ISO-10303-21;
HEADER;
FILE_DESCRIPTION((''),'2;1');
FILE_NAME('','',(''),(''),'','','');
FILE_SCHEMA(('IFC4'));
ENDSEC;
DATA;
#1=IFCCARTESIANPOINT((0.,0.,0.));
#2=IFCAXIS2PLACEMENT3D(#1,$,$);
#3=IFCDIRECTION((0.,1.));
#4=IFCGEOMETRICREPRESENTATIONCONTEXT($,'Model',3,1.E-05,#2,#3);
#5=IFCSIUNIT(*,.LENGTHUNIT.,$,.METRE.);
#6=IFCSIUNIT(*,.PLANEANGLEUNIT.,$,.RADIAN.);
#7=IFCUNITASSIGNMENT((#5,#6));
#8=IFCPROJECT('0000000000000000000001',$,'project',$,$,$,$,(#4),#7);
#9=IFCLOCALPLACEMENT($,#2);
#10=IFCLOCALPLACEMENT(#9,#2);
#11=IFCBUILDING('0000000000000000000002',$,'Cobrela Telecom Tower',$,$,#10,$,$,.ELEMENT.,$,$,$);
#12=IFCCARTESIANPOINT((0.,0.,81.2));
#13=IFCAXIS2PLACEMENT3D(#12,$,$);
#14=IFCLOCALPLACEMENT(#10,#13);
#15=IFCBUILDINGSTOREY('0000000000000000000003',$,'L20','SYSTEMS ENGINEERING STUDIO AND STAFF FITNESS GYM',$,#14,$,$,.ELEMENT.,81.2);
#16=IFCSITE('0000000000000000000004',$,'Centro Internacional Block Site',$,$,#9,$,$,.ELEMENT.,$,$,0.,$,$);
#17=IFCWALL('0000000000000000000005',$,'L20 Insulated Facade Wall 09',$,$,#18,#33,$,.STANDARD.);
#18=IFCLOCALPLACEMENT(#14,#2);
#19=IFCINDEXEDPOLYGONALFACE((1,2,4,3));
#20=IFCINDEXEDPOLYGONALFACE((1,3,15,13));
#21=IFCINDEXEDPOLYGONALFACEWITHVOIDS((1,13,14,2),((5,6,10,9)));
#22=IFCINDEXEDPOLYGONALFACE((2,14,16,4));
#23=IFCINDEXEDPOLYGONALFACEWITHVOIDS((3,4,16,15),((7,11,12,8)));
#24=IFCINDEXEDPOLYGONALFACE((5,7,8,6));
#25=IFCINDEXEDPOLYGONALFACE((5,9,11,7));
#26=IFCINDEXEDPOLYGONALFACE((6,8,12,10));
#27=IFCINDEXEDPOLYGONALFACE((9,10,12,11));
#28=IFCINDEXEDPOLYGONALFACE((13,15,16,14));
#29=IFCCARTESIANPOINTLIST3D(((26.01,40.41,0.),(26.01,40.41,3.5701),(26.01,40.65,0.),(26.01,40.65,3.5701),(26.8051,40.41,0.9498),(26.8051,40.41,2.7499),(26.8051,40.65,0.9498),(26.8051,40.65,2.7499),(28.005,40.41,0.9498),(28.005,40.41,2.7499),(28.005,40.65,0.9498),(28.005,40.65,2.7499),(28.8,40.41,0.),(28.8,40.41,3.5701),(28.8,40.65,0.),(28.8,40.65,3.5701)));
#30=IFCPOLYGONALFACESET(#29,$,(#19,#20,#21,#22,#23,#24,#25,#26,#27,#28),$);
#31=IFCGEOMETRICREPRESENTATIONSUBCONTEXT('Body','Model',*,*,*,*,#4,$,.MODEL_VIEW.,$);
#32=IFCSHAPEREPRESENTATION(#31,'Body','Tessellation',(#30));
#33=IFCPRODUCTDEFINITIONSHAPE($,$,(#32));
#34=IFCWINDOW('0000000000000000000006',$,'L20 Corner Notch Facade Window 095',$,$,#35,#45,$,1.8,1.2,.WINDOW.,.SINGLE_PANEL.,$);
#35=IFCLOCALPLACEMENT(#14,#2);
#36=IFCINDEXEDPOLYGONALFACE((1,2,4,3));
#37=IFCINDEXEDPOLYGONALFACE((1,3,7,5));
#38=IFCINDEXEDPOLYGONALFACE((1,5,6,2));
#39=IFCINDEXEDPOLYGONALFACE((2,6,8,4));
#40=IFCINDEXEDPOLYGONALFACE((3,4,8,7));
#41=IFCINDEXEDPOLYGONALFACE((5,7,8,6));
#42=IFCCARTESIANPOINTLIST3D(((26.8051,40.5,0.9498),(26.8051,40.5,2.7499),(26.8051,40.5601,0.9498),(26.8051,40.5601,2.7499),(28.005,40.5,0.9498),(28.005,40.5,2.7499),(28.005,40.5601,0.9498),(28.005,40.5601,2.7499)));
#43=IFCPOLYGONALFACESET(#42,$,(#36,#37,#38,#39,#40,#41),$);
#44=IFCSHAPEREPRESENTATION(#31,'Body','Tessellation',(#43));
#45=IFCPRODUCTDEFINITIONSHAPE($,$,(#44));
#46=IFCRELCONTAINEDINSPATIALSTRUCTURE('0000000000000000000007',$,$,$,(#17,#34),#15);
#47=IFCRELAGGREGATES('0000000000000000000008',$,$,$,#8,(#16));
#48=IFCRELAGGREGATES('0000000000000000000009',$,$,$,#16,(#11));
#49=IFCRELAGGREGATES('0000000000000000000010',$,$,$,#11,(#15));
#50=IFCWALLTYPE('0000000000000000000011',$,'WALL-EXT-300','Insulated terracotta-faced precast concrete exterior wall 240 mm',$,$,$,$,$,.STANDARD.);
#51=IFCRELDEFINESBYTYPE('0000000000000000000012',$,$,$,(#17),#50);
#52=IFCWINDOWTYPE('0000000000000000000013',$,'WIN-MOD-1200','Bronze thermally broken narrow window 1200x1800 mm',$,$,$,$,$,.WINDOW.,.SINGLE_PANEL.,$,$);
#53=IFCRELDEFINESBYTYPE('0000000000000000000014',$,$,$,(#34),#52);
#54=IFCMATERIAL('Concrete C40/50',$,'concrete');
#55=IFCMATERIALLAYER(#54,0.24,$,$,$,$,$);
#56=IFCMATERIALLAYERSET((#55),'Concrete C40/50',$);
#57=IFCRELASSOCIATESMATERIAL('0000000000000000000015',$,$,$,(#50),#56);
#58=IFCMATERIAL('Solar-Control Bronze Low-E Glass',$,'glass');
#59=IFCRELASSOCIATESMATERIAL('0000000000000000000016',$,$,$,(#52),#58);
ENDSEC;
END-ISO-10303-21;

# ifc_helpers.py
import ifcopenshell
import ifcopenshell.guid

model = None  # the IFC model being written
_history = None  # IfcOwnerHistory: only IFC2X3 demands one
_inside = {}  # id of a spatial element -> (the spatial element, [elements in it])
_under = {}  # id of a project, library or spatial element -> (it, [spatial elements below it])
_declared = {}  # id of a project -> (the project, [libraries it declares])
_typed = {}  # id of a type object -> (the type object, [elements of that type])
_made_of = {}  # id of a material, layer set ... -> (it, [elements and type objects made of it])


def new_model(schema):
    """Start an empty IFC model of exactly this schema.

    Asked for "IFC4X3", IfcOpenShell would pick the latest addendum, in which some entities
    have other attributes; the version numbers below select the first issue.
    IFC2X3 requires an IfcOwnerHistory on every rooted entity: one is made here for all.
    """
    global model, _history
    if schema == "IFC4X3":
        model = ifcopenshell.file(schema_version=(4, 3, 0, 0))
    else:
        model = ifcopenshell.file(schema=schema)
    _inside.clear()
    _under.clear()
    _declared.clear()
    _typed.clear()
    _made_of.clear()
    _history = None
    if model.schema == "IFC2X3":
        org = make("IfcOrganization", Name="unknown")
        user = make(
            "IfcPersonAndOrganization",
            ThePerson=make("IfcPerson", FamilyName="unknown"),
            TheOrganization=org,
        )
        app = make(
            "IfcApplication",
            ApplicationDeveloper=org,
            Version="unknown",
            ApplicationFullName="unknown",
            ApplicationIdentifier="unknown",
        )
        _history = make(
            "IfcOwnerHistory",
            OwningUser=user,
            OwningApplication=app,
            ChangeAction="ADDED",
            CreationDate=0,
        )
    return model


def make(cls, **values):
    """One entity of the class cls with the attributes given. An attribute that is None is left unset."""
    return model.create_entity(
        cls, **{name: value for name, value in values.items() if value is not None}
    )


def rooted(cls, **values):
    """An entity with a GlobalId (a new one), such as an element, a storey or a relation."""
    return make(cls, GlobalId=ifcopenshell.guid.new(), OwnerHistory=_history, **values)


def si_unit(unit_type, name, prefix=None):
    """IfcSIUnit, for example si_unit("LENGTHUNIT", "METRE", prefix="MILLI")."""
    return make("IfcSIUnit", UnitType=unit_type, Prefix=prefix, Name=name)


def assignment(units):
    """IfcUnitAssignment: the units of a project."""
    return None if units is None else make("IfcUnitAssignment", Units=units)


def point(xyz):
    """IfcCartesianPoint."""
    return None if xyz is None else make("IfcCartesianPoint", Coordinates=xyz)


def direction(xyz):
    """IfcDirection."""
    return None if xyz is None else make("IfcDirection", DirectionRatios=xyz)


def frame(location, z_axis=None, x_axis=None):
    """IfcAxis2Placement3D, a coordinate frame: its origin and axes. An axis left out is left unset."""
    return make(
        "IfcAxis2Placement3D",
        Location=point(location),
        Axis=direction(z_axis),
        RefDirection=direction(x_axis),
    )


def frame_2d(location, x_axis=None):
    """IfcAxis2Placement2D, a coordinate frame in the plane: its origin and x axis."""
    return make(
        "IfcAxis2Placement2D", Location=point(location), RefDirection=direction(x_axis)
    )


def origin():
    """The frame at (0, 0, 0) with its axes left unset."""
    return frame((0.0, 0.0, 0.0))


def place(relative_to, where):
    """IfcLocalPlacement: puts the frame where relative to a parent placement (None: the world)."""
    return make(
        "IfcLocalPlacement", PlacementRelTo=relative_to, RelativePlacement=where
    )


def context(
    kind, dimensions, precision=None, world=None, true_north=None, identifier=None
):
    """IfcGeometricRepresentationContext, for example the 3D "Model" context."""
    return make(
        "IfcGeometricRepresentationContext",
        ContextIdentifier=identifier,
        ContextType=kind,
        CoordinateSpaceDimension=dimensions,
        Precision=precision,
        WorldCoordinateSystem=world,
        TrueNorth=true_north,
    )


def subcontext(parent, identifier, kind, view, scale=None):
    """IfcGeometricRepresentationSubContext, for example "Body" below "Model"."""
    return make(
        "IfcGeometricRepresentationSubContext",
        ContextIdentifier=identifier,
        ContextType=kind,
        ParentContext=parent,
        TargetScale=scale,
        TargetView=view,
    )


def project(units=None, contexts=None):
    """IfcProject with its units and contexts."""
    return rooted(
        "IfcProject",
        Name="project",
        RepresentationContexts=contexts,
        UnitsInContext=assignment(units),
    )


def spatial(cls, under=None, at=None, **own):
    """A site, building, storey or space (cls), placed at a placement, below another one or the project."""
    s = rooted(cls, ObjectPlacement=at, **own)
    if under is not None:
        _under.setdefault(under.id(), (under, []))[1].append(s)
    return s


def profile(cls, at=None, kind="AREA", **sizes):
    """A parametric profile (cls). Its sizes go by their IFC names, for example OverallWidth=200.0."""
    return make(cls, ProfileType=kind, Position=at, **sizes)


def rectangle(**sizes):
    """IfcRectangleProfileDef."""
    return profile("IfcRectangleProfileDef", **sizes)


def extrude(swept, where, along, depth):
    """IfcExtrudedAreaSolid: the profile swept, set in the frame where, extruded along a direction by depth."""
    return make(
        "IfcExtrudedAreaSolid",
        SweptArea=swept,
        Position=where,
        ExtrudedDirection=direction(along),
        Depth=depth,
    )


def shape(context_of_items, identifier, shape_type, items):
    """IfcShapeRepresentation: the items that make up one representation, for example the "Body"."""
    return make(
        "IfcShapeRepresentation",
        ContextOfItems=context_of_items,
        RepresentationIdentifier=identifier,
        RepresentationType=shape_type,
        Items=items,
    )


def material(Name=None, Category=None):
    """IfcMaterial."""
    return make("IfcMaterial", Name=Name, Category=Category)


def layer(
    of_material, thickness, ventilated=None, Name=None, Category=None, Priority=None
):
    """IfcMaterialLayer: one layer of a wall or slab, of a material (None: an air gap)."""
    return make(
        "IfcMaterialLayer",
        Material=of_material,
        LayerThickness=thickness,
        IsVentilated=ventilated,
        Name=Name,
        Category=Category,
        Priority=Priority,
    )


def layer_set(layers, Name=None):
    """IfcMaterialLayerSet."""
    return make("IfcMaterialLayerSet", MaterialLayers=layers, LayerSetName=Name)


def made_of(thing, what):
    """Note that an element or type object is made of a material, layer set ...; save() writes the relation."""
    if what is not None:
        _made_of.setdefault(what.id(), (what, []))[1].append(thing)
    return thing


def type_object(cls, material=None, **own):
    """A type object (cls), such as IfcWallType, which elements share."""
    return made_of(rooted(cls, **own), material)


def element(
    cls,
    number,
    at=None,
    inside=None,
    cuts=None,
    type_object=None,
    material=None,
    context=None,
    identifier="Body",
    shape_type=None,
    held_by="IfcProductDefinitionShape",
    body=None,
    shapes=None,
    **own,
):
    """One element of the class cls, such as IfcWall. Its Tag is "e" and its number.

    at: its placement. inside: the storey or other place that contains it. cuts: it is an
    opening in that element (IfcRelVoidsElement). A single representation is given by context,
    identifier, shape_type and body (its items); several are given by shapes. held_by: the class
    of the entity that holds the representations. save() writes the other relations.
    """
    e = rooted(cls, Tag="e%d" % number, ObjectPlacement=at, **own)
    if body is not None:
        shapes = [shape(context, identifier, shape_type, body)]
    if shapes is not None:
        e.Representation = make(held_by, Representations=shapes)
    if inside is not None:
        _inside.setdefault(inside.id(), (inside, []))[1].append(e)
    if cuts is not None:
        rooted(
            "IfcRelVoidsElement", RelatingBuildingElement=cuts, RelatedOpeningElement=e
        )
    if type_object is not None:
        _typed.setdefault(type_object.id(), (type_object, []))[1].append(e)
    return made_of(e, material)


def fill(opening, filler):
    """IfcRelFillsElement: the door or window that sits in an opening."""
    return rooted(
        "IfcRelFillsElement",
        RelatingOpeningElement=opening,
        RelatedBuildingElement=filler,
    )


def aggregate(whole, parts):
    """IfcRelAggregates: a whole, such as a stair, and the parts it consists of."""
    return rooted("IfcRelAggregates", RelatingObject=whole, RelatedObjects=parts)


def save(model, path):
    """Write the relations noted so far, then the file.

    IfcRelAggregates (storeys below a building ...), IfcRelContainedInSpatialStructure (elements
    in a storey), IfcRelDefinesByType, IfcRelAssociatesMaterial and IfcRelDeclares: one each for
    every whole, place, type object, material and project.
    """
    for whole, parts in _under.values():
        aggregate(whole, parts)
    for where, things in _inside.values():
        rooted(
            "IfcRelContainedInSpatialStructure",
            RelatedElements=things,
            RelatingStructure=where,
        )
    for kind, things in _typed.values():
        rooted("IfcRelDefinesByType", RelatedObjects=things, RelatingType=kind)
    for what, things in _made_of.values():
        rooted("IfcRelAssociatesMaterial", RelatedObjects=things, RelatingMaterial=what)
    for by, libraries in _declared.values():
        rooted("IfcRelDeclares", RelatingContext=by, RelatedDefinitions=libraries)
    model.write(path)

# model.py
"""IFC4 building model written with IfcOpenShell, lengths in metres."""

from ifc_helpers import new_model, si_unit, direction, frame, frame_2d, origin, place, context, subcontext, project, spatial, rectangle, extrude, material, layer, layer_set, type_object, element, fill, save


model = new_model("IFC4")

# Units and contexts
model_context = context("Model", 3, precision=1e-05, world=origin(), true_north=direction((0.0, 1.0)))
body_context = subcontext(model_context, "Body", "Model", "MODEL_VIEW")
ifc_project = project(units=[si_unit("LENGTHUNIT", "METRE"), si_unit("PLANEANGLEUNIT", "RADIAN")], contexts=[model_context])

# Site, building, storey
site_placement = place(None, origin())
site = spatial("IfcSite", under=ifc_project, at=site_placement, Name="Centro Internacional Block Site", CompositionType="ELEMENT", RefElevation=0.0)
building_placement = place(site_placement, origin())
building = spatial("IfcBuilding", under=site, at=building_placement, Name="Cobrela Telecom Tower", CompositionType="ELEMENT")
storey_placement = place(building_placement, frame((0.0, 0.0, 81.2)))
storey = spatial("IfcBuildingStorey", under=building, at=storey_placement, Name="L20", Description="SYSTEMS ENGINEERING STUDIO AND STAFF FITNESS GYM", CompositionType="ELEMENT", Elevation=81.2)

# Shared definitions
ifc_material_1 = material(Name="Solar-Control Bronze Low-E Glass", Category="glass")

# Wall, opening, window
ifc_material_2 = material(Name="Concrete C40/50", Category="concrete")
ifc_layer_1 = layer(ifc_material_2, 0.24)
ifc_layer_set_1 = layer_set([ifc_layer_1], Name="Concrete C40/50")
wall_type = type_object("IfcWallType", Name="WALL-EXT-300", Description="Insulated terracotta-faced precast concrete exterior wall 240 mm", PredefinedType="STANDARD", material=ifc_layer_set_1)
wall_1_placement = place(storey_placement, frame((26.01, 40.53, 0.0), z_axis=(0.0, 0.0, 1.0), x_axis=(1.0, 0.0, 0.0)))
wall_1 = element("IfcWall", 1, at=wall_1_placement, inside=storey, type_object=wall_type, Name="L20 Insulated Facade Wall 09", PredefinedType="STANDARD", context=body_context, shape_type="SweptSolid", body=[
    extrude(rectangle(XDim=2.79, YDim=0.24, at=frame_2d((1.395, 0.0))), origin(), (0.0, 0.0, 1.0), 3.5701),
])
opening_1_placement = place(wall_1_placement, frame((0.7949, 0.0, 0.95)))
opening_1 = element("IfcOpeningElement", 2, at=opening_1_placement, cuts=wall_1, PredefinedType="OPENING", context=body_context, shape_type="SweptSolid", body=[
    extrude(rectangle(XDim=1.2, YDim=1.8, at=frame_2d((0.6001, 0.8999))), frame((0.0, 0.1318, 0.0), z_axis=(0.0, -1.0, 0.0), x_axis=(1.0, 0.0, 0.0)), (0.0, 0.0, 1.0), 0.2639),
])
window_type_1 = type_object("IfcWindowType", Name="WIN-MOD-1200", Description="Bronze thermally broken narrow window 1200x1800 mm", PartitioningType="SINGLE_PANEL", PredefinedType="WINDOW", material=ifc_material_1)
window_1_placement = place(opening_1_placement, origin())
window_1 = element("IfcWindow", 3, at=window_1_placement, inside=storey, type_object=window_type_1, Name="L20 Corner Notch Facade Window 095", OverallHeight=1.8, OverallWidth=1.2, PartitioningType="SINGLE_PANEL", PredefinedType="WINDOW", context=body_context, shape_type="SweptSolid", body=[
    extrude(rectangle(XDim=1.2, YDim=1.8, at=frame_2d((0.6001, 0.8999))), frame((0.0, 0.03, 0.0), z_axis=(0.0, -1.0, 0.0), x_axis=(1.0, 0.0, 0.0)), (0.0, 0.0, 1.0), 0.0601),
])
fill(opening_1, window_1)

save(model, "model.ifc")
